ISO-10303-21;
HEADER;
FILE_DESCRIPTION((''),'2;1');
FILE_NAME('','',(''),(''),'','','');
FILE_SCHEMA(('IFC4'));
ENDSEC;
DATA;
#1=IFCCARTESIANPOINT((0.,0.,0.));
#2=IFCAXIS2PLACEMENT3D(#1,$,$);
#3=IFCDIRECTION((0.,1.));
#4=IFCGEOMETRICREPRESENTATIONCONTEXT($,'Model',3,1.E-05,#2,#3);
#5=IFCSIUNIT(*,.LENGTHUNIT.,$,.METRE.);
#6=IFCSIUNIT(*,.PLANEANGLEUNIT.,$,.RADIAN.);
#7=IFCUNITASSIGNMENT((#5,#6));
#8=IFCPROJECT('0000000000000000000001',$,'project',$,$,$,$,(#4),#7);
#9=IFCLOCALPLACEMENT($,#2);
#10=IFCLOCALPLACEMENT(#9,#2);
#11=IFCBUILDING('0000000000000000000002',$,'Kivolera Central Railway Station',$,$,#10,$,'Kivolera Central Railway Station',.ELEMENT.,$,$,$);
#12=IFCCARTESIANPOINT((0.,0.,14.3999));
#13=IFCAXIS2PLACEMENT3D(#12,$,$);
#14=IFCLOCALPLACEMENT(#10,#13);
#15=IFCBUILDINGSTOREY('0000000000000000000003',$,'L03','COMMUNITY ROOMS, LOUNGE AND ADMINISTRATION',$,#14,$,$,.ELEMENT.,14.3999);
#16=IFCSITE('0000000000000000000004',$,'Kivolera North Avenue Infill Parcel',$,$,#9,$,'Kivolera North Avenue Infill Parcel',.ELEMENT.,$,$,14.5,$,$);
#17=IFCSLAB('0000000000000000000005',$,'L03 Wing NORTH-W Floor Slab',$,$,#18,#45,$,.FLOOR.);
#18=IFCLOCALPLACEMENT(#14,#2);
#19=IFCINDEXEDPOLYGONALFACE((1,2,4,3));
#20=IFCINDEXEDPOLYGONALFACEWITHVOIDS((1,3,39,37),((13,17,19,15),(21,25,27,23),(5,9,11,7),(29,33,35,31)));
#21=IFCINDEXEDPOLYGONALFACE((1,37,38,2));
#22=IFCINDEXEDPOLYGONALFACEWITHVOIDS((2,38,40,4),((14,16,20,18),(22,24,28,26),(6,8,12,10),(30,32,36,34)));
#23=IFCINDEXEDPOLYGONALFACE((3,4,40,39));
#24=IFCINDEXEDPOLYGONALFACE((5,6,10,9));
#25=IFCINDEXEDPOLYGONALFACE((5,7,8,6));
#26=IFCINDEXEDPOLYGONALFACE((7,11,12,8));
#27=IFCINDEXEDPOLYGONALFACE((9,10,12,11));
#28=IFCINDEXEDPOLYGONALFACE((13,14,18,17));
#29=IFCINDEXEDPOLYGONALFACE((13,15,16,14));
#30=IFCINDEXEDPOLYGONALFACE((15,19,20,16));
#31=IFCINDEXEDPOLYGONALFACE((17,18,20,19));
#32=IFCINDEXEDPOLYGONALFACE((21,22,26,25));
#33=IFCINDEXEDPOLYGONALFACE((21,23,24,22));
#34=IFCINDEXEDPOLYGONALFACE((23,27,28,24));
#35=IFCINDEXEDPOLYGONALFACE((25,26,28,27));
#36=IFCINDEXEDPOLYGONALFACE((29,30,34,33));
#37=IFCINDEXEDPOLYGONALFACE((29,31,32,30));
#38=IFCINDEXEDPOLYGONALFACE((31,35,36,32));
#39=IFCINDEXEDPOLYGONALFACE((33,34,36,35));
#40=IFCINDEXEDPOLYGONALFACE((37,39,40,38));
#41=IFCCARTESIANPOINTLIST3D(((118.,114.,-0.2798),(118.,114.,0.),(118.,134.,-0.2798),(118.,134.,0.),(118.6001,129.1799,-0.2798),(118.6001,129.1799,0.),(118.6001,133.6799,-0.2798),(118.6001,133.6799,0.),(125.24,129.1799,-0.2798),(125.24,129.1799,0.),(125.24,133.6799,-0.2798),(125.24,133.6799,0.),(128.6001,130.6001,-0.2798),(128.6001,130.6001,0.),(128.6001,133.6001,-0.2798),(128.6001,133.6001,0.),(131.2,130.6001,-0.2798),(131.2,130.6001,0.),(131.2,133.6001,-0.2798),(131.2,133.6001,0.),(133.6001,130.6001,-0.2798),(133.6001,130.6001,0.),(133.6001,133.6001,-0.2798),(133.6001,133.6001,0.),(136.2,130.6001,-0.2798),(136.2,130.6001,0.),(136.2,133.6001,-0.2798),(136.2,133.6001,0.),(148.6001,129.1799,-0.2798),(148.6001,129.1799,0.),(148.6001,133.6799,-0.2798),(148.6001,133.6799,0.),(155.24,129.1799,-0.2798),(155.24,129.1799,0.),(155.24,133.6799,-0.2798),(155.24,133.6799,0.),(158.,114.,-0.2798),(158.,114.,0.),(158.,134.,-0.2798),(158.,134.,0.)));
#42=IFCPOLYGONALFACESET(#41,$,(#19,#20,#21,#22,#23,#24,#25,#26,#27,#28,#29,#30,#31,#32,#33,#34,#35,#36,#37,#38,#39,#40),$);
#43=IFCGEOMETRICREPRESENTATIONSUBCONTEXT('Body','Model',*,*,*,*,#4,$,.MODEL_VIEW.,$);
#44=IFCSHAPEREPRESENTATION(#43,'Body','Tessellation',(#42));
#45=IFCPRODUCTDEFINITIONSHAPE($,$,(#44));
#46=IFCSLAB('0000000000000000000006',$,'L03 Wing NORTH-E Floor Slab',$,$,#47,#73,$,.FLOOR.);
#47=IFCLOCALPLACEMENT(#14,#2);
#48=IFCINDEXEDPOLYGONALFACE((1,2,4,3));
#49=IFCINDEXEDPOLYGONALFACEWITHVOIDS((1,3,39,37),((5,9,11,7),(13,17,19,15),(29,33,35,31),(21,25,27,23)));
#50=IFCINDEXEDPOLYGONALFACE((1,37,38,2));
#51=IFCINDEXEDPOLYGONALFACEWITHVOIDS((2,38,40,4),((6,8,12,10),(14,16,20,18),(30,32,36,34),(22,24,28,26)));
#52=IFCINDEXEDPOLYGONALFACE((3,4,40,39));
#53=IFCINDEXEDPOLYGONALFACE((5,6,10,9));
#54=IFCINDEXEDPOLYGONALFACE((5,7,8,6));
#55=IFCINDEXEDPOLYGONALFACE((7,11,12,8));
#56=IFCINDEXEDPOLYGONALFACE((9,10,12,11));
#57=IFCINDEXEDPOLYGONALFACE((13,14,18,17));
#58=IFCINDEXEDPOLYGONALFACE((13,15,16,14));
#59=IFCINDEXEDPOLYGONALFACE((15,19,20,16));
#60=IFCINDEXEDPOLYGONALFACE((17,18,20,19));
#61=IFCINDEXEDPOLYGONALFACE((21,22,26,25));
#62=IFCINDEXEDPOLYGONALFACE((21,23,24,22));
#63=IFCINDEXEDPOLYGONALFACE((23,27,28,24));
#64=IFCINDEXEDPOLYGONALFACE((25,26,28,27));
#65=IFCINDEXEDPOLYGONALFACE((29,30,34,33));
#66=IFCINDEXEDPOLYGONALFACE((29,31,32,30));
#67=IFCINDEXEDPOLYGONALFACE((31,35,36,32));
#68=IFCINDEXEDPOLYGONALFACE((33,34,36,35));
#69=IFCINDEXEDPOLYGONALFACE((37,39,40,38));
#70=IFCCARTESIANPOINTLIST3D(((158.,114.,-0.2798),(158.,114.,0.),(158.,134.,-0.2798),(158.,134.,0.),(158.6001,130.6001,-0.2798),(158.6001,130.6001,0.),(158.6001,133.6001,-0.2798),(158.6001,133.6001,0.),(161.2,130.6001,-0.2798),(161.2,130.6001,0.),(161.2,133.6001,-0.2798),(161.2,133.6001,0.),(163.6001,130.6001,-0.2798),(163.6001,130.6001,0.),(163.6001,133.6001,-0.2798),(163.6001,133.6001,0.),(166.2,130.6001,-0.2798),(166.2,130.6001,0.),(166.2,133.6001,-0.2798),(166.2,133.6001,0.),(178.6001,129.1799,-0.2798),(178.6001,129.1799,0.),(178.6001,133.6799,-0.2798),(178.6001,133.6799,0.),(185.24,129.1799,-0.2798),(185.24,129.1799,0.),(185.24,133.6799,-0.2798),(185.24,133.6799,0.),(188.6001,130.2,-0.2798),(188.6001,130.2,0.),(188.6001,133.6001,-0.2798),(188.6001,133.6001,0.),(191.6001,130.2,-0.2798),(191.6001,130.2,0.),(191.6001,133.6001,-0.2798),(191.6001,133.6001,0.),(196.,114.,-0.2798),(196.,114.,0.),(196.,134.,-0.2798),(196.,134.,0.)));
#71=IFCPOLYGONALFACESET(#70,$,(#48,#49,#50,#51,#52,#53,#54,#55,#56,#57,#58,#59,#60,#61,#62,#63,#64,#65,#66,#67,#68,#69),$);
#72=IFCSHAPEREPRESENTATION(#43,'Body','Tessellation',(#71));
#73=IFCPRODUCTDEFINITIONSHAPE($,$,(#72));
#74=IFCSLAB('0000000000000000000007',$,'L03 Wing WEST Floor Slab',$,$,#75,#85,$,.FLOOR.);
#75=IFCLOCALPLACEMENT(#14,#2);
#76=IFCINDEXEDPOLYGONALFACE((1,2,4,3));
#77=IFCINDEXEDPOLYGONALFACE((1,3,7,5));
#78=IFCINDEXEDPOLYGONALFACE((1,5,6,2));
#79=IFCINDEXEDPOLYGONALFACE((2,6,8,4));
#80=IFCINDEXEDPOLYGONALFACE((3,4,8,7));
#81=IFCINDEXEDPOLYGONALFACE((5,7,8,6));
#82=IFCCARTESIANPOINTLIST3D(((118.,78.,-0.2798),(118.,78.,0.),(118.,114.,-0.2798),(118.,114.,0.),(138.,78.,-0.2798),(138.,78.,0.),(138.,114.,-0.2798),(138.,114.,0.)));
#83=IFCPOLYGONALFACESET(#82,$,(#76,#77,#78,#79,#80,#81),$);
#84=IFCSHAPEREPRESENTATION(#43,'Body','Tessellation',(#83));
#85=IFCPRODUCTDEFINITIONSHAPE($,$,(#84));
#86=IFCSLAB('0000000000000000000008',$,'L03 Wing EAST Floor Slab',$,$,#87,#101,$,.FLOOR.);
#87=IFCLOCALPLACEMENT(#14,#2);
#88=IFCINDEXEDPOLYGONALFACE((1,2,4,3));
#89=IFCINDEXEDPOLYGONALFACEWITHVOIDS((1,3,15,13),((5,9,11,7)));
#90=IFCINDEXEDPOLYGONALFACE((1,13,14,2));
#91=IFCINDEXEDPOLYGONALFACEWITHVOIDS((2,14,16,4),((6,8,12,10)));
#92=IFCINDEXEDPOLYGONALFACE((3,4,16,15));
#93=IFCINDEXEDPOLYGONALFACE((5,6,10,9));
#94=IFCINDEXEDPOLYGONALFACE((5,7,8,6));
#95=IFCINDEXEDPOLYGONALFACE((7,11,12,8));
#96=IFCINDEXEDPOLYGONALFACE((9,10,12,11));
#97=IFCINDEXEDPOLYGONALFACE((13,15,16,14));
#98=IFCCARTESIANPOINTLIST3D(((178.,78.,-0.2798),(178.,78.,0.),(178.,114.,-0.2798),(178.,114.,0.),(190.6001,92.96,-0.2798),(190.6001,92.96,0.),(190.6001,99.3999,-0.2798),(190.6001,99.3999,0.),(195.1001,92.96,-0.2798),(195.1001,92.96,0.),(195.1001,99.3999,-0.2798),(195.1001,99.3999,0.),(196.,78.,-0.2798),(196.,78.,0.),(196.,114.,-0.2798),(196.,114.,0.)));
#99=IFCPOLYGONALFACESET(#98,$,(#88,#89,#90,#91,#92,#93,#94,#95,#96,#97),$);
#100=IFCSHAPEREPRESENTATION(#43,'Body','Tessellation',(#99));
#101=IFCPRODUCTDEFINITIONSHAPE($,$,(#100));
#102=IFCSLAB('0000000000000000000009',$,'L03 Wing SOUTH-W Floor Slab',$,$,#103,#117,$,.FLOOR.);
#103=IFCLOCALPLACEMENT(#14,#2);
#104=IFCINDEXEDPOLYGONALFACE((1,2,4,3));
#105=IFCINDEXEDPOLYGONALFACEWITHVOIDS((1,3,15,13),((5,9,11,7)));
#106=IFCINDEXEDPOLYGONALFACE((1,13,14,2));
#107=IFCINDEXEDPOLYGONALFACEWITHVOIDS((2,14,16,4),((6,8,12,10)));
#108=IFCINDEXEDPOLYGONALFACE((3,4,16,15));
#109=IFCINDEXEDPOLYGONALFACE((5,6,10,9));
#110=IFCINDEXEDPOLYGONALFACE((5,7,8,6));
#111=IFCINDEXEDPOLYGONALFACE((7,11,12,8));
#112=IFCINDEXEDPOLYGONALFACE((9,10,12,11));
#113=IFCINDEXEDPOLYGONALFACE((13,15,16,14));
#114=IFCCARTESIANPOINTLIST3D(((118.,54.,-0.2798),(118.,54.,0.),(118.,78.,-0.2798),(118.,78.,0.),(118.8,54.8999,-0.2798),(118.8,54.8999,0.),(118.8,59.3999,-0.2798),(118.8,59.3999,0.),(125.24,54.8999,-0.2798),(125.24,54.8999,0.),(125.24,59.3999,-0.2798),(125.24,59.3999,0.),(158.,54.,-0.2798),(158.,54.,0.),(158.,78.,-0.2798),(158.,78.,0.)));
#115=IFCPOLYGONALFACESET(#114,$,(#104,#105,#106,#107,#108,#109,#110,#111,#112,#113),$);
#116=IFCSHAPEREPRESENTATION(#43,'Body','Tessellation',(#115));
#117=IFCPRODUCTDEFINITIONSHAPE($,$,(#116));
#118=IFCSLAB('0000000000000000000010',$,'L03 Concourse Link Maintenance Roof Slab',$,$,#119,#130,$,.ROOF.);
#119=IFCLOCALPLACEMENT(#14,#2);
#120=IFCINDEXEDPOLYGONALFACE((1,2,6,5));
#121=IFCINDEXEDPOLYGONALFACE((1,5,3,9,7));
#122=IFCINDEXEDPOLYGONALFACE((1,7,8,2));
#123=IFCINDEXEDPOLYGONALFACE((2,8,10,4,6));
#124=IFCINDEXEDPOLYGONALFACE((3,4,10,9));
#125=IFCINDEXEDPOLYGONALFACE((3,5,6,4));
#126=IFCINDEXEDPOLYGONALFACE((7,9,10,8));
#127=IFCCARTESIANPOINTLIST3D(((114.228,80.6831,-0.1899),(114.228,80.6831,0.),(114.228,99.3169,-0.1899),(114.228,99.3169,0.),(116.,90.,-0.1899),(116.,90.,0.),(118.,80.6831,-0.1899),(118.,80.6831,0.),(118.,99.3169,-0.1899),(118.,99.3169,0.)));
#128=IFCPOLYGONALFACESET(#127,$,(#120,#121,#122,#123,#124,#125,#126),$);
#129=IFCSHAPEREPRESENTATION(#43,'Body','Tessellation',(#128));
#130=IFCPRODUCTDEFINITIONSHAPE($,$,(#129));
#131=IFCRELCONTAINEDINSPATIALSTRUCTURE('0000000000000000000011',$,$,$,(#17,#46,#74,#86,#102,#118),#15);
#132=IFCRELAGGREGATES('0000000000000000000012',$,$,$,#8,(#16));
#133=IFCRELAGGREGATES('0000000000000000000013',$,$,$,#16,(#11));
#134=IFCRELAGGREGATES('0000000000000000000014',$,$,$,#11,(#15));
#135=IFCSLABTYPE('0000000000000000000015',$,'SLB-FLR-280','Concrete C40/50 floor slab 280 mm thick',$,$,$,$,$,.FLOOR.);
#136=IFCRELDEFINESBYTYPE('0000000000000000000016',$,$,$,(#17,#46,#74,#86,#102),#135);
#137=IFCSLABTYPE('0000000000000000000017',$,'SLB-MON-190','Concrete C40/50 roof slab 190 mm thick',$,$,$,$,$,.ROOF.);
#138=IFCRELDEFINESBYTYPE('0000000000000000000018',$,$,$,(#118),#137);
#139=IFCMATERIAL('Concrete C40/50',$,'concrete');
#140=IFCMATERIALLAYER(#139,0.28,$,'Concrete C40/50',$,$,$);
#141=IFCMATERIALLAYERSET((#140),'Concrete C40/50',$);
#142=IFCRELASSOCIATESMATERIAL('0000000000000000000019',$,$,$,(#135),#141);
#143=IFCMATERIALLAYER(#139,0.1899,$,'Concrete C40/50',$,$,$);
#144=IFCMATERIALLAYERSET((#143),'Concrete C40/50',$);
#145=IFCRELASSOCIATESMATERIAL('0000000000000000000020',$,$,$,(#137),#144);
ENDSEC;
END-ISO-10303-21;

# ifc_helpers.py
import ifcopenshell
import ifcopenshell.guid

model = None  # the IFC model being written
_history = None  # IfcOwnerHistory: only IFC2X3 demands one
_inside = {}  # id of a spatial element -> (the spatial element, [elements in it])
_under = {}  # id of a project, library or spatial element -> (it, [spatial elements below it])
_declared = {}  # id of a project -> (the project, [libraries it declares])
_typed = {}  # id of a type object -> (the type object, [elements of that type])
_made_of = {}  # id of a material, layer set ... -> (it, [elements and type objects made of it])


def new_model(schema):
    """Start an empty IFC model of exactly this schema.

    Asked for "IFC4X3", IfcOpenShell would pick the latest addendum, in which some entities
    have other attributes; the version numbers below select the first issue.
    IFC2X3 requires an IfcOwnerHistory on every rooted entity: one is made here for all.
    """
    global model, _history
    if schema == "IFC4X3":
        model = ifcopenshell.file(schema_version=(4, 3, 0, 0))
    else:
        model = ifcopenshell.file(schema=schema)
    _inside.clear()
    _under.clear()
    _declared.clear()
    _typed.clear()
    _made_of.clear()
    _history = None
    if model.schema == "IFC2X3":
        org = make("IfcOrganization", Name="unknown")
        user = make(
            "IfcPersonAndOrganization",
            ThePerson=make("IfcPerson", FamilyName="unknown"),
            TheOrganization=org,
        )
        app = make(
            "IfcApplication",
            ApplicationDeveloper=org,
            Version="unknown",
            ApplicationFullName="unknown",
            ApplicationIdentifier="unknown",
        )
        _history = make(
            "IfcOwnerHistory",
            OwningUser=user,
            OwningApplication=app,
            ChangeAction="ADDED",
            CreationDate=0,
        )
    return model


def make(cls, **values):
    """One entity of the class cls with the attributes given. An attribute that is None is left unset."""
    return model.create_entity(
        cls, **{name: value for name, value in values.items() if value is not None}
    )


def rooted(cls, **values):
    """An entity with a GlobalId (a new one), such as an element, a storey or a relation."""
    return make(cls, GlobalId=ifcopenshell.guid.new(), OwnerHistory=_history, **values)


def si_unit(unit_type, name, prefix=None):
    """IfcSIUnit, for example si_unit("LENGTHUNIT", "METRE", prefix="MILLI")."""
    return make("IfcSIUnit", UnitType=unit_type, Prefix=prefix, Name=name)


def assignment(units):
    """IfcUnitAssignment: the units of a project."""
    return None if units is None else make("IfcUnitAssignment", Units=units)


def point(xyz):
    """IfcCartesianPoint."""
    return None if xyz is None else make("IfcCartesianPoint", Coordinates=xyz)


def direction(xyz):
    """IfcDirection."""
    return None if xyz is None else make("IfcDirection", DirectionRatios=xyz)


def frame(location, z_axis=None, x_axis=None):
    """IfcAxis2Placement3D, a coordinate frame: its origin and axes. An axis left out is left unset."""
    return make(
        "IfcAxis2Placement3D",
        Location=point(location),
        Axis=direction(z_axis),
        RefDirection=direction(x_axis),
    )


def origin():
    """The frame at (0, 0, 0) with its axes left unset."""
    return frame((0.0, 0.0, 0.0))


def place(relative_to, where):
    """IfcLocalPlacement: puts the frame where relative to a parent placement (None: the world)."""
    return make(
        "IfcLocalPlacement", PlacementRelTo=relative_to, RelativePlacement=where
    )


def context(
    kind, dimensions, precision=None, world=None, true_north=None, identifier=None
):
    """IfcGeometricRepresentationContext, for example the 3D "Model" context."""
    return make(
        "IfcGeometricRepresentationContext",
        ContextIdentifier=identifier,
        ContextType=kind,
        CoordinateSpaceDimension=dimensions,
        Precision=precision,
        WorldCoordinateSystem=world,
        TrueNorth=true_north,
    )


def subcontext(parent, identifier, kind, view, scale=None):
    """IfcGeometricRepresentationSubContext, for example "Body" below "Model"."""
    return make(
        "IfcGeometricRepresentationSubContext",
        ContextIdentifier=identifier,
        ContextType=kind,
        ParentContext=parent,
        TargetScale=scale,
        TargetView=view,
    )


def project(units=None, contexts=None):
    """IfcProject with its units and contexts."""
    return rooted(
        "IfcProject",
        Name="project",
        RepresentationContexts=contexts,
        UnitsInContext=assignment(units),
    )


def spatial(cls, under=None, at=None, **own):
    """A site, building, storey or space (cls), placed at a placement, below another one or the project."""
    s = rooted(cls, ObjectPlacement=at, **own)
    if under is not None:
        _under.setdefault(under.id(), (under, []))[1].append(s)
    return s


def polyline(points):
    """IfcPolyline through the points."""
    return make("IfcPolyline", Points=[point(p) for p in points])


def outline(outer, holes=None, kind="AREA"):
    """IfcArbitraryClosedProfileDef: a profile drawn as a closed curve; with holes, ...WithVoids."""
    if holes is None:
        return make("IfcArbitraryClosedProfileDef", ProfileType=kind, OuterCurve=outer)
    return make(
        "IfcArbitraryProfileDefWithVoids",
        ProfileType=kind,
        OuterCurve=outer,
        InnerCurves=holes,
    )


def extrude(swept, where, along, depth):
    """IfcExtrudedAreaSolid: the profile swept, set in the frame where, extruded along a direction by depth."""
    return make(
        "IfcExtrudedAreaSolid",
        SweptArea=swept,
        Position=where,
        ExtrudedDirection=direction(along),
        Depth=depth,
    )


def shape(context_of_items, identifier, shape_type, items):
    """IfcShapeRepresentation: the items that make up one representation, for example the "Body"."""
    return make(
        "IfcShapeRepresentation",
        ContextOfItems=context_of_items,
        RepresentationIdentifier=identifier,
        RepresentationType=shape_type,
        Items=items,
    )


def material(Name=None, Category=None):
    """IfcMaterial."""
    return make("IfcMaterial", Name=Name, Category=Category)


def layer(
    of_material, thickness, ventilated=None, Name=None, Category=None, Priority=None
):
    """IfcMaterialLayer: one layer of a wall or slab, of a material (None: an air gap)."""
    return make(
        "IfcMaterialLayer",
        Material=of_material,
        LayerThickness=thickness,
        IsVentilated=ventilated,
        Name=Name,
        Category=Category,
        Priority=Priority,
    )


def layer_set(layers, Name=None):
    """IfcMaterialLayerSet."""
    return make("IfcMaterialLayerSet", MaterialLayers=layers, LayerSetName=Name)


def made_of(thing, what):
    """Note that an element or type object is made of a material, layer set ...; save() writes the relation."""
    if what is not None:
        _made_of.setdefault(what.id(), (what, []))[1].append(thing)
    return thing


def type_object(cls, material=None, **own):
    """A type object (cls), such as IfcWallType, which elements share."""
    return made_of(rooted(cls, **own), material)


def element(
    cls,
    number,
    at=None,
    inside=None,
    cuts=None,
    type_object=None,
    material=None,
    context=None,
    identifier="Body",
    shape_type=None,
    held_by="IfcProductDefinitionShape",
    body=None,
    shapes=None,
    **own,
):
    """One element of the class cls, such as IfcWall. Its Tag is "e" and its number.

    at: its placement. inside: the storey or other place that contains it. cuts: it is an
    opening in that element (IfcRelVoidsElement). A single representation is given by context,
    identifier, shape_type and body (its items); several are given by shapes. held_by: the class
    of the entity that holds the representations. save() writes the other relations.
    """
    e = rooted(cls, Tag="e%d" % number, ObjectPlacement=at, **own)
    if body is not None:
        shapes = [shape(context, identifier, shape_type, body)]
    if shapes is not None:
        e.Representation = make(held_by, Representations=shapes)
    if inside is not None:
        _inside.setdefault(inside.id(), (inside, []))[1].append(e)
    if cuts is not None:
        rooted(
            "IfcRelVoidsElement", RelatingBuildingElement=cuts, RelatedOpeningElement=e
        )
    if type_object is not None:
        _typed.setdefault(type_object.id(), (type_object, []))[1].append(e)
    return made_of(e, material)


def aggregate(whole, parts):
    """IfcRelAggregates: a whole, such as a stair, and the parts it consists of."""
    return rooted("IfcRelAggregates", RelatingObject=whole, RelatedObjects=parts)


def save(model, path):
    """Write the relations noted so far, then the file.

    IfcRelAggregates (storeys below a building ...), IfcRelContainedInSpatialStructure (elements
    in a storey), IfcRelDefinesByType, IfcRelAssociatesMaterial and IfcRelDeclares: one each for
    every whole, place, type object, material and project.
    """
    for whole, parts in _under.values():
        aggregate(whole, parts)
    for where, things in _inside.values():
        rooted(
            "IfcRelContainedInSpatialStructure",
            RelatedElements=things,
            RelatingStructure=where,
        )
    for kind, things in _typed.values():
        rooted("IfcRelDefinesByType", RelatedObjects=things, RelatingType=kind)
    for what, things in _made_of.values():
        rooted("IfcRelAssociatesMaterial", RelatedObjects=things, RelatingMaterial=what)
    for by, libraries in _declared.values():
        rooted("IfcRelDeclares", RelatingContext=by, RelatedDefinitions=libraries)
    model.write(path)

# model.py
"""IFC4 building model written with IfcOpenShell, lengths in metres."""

from ifc_helpers import new_model, si_unit, direction, frame, origin, place, context, subcontext, project, spatial, polyline, outline, extrude, material, layer, layer_set, type_object, element, save


model = new_model("IFC4")

# Units and contexts
model_context = context("Model", 3, precision=1e-05, world=origin(), true_north=direction((0.0, 1.0)))
body_context = subcontext(model_context, "Body", "Model", "MODEL_VIEW")
ifc_project = project(units=[si_unit("LENGTHUNIT", "METRE"), si_unit("PLANEANGLEUNIT", "RADIAN")], contexts=[model_context])

# Site, building, storey
site_placement = place(None, origin())
site = spatial("IfcSite", under=ifc_project, at=site_placement, Name="Kivolera North Avenue Infill Parcel", LongName="Kivolera North Avenue Infill Parcel", CompositionType="ELEMENT", RefElevation=14.5)
building_placement = place(site_placement, origin())
building = spatial("IfcBuilding", under=site, at=building_placement, Name="Kivolera Central Railway Station", LongName="Kivolera Central Railway Station", CompositionType="ELEMENT")
storey_placement = place(building_placement, frame((0.0, 0.0, 14.3999)))
storey = spatial("IfcBuildingStorey", under=building, at=storey_placement, Name="L03", Description="COMMUNITY ROOMS, LOUNGE AND ADMINISTRATION", CompositionType="ELEMENT", Elevation=14.3999)

# Slabs
ifc_material_1 = material(Name="Concrete C40/50", Category="concrete")
ifc_layer_1 = layer(ifc_material_1, 0.28, Name="Concrete C40/50")
ifc_layer_set_1 = layer_set([ifc_layer_1], Name="Concrete C40/50")
slab_type_1 = type_object("IfcSlabType", Name="SLB-FLR-280", Description="Concrete C40/50 floor slab 280 mm thick", PredefinedType="FLOOR", material=ifc_layer_set_1)
slab_1_placement = place(storey_placement, frame((0.0, 0.0, -0.2798)))
element("IfcSlab", 1, at=slab_1_placement, inside=storey, type_object=slab_type_1, Name="L03 Wing NORTH-W Floor Slab", PredefinedType="FLOOR", context=body_context, shape_type="SweptSolid", body=[
    extrude(outline(polyline([(118.0, 114.0), (158.0, 114.0), (158.0, 134.0), (118.0, 134.0), (118.0, 114.0)]), holes=[polyline([(125.24, 133.6799), (118.6001, 133.6799), (118.6001, 129.1799), (125.24, 129.1799), (125.24, 133.6799)]), polyline([(155.24, 133.6799), (148.6001, 133.6799), (148.6001, 129.1799), (155.24, 129.1799), (155.24, 133.6799)]), polyline([(128.6001, 130.6001), (131.2, 130.6001), (131.2, 133.6001), (128.6001, 133.6001), (128.6001, 130.6001)]), polyline([(133.6001, 130.6001), (136.2, 130.6001), (136.2, 133.6001), (133.6001, 133.6001), (133.6001, 130.6001)])]), origin(), (0.0, 0.0, 1.0), 0.2798),
])
slab_2_placement = place(storey_placement, frame((0.0, 0.0, -0.2798)))
element("IfcSlab", 2, at=slab_2_placement, inside=storey, type_object=slab_type_1, Name="L03 Wing NORTH-E Floor Slab", PredefinedType="FLOOR", context=body_context, shape_type="SweptSolid", body=[
    extrude(outline(polyline([(158.0, 114.0), (196.0, 114.0), (196.0, 134.0), (158.0, 134.0), (158.0, 114.0)]), holes=[polyline([(185.24, 133.6799), (178.6001, 133.6799), (178.6001, 129.1799), (185.24, 129.1799), (185.24, 133.6799)]), polyline([(158.6001, 130.6001), (161.2, 130.6001), (161.2, 133.6001), (158.6001, 133.6001), (158.6001, 130.6001)]), polyline([(163.6001, 130.6001), (166.2, 130.6001), (166.2, 133.6001), (163.6001, 133.6001), (163.6001, 130.6001)]), polyline([(188.6001, 130.2), (191.6001, 130.2), (191.6001, 133.6001), (188.6001, 133.6001), (188.6001, 130.2)])]), origin(), (0.0, 0.0, 1.0), 0.2798),
])
slab_3_placement = place(storey_placement, frame((0.0, 0.0, -0.2798)))
element("IfcSlab", 3, at=slab_3_placement, inside=storey, type_object=slab_type_1, Name="L03 Wing WEST Floor Slab", PredefinedType="FLOOR", context=body_context, shape_type="SweptSolid", body=[
    extrude(outline(polyline([(118.0, 78.0), (138.0, 78.0), (138.0, 114.0), (118.0, 114.0), (118.0, 78.0)])), origin(), (0.0, 0.0, 1.0), 0.2798),
])
slab_4_placement = place(storey_placement, frame((0.0, 0.0, -0.2798)))
element("IfcSlab", 4, at=slab_4_placement, inside=storey, type_object=slab_type_1, Name="L03 Wing EAST Floor Slab", PredefinedType="FLOOR", context=body_context, shape_type="SweptSolid", body=[
    extrude(outline(polyline([(178.0, 78.0), (196.0, 78.0), (196.0, 114.0), (178.0, 114.0), (178.0, 78.0)]), holes=[polyline([(195.1001, 92.96), (195.1001, 99.3999), (190.6001, 99.3999), (190.6001, 92.96), (195.1001, 92.96)])]), origin(), (0.0, 0.0, 1.0), 0.2798),
])
slab_5_placement = place(storey_placement, frame((0.0, 0.0, -0.2798)))
element("IfcSlab", 5, at=slab_5_placement, inside=storey, type_object=slab_type_1, Name="L03 Wing SOUTH-W Floor Slab", PredefinedType="FLOOR", context=body_context, shape_type="SweptSolid", body=[
    extrude(outline(polyline([(118.0, 54.0), (158.0, 54.0), (158.0, 78.0), (118.0, 78.0), (118.0, 54.0)]), holes=[polyline([(125.24, 59.3999), (118.8, 59.3999), (118.8, 54.8999), (125.24, 54.8999), (125.24, 59.3999)])]), origin(), (0.0, 0.0, 1.0), 0.2798),
])
ifc_layer_2 = layer(ifc_material_1, 0.1899, Name="Concrete C40/50")
ifc_layer_set_2 = layer_set([ifc_layer_2], Name="Concrete C40/50")
slab_type_2 = type_object("IfcSlabType", Name="SLB-MON-190", Description="Concrete C40/50 roof slab 190 mm thick", PredefinedType="ROOF", material=ifc_layer_set_2)
slab_6_placement = place(storey_placement, frame((0.0, 0.0, -0.1899)))
element("IfcSlab", 6, at=slab_6_placement, inside=storey, type_object=slab_type_2, Name="L03 Concourse Link Maintenance Roof Slab", PredefinedType="ROOF", context=body_context, shape_type="SweptSolid", body=[
    extrude(outline(polyline([(114.228, 80.6831), (118.0, 80.6831), (118.0, 99.3169), (114.228, 99.3169), (116.0, 90.0), (114.228, 80.6831)])), origin(), (0.0, 0.0, 1.0), 0.1899),
])

save(model, "model.ifc")
